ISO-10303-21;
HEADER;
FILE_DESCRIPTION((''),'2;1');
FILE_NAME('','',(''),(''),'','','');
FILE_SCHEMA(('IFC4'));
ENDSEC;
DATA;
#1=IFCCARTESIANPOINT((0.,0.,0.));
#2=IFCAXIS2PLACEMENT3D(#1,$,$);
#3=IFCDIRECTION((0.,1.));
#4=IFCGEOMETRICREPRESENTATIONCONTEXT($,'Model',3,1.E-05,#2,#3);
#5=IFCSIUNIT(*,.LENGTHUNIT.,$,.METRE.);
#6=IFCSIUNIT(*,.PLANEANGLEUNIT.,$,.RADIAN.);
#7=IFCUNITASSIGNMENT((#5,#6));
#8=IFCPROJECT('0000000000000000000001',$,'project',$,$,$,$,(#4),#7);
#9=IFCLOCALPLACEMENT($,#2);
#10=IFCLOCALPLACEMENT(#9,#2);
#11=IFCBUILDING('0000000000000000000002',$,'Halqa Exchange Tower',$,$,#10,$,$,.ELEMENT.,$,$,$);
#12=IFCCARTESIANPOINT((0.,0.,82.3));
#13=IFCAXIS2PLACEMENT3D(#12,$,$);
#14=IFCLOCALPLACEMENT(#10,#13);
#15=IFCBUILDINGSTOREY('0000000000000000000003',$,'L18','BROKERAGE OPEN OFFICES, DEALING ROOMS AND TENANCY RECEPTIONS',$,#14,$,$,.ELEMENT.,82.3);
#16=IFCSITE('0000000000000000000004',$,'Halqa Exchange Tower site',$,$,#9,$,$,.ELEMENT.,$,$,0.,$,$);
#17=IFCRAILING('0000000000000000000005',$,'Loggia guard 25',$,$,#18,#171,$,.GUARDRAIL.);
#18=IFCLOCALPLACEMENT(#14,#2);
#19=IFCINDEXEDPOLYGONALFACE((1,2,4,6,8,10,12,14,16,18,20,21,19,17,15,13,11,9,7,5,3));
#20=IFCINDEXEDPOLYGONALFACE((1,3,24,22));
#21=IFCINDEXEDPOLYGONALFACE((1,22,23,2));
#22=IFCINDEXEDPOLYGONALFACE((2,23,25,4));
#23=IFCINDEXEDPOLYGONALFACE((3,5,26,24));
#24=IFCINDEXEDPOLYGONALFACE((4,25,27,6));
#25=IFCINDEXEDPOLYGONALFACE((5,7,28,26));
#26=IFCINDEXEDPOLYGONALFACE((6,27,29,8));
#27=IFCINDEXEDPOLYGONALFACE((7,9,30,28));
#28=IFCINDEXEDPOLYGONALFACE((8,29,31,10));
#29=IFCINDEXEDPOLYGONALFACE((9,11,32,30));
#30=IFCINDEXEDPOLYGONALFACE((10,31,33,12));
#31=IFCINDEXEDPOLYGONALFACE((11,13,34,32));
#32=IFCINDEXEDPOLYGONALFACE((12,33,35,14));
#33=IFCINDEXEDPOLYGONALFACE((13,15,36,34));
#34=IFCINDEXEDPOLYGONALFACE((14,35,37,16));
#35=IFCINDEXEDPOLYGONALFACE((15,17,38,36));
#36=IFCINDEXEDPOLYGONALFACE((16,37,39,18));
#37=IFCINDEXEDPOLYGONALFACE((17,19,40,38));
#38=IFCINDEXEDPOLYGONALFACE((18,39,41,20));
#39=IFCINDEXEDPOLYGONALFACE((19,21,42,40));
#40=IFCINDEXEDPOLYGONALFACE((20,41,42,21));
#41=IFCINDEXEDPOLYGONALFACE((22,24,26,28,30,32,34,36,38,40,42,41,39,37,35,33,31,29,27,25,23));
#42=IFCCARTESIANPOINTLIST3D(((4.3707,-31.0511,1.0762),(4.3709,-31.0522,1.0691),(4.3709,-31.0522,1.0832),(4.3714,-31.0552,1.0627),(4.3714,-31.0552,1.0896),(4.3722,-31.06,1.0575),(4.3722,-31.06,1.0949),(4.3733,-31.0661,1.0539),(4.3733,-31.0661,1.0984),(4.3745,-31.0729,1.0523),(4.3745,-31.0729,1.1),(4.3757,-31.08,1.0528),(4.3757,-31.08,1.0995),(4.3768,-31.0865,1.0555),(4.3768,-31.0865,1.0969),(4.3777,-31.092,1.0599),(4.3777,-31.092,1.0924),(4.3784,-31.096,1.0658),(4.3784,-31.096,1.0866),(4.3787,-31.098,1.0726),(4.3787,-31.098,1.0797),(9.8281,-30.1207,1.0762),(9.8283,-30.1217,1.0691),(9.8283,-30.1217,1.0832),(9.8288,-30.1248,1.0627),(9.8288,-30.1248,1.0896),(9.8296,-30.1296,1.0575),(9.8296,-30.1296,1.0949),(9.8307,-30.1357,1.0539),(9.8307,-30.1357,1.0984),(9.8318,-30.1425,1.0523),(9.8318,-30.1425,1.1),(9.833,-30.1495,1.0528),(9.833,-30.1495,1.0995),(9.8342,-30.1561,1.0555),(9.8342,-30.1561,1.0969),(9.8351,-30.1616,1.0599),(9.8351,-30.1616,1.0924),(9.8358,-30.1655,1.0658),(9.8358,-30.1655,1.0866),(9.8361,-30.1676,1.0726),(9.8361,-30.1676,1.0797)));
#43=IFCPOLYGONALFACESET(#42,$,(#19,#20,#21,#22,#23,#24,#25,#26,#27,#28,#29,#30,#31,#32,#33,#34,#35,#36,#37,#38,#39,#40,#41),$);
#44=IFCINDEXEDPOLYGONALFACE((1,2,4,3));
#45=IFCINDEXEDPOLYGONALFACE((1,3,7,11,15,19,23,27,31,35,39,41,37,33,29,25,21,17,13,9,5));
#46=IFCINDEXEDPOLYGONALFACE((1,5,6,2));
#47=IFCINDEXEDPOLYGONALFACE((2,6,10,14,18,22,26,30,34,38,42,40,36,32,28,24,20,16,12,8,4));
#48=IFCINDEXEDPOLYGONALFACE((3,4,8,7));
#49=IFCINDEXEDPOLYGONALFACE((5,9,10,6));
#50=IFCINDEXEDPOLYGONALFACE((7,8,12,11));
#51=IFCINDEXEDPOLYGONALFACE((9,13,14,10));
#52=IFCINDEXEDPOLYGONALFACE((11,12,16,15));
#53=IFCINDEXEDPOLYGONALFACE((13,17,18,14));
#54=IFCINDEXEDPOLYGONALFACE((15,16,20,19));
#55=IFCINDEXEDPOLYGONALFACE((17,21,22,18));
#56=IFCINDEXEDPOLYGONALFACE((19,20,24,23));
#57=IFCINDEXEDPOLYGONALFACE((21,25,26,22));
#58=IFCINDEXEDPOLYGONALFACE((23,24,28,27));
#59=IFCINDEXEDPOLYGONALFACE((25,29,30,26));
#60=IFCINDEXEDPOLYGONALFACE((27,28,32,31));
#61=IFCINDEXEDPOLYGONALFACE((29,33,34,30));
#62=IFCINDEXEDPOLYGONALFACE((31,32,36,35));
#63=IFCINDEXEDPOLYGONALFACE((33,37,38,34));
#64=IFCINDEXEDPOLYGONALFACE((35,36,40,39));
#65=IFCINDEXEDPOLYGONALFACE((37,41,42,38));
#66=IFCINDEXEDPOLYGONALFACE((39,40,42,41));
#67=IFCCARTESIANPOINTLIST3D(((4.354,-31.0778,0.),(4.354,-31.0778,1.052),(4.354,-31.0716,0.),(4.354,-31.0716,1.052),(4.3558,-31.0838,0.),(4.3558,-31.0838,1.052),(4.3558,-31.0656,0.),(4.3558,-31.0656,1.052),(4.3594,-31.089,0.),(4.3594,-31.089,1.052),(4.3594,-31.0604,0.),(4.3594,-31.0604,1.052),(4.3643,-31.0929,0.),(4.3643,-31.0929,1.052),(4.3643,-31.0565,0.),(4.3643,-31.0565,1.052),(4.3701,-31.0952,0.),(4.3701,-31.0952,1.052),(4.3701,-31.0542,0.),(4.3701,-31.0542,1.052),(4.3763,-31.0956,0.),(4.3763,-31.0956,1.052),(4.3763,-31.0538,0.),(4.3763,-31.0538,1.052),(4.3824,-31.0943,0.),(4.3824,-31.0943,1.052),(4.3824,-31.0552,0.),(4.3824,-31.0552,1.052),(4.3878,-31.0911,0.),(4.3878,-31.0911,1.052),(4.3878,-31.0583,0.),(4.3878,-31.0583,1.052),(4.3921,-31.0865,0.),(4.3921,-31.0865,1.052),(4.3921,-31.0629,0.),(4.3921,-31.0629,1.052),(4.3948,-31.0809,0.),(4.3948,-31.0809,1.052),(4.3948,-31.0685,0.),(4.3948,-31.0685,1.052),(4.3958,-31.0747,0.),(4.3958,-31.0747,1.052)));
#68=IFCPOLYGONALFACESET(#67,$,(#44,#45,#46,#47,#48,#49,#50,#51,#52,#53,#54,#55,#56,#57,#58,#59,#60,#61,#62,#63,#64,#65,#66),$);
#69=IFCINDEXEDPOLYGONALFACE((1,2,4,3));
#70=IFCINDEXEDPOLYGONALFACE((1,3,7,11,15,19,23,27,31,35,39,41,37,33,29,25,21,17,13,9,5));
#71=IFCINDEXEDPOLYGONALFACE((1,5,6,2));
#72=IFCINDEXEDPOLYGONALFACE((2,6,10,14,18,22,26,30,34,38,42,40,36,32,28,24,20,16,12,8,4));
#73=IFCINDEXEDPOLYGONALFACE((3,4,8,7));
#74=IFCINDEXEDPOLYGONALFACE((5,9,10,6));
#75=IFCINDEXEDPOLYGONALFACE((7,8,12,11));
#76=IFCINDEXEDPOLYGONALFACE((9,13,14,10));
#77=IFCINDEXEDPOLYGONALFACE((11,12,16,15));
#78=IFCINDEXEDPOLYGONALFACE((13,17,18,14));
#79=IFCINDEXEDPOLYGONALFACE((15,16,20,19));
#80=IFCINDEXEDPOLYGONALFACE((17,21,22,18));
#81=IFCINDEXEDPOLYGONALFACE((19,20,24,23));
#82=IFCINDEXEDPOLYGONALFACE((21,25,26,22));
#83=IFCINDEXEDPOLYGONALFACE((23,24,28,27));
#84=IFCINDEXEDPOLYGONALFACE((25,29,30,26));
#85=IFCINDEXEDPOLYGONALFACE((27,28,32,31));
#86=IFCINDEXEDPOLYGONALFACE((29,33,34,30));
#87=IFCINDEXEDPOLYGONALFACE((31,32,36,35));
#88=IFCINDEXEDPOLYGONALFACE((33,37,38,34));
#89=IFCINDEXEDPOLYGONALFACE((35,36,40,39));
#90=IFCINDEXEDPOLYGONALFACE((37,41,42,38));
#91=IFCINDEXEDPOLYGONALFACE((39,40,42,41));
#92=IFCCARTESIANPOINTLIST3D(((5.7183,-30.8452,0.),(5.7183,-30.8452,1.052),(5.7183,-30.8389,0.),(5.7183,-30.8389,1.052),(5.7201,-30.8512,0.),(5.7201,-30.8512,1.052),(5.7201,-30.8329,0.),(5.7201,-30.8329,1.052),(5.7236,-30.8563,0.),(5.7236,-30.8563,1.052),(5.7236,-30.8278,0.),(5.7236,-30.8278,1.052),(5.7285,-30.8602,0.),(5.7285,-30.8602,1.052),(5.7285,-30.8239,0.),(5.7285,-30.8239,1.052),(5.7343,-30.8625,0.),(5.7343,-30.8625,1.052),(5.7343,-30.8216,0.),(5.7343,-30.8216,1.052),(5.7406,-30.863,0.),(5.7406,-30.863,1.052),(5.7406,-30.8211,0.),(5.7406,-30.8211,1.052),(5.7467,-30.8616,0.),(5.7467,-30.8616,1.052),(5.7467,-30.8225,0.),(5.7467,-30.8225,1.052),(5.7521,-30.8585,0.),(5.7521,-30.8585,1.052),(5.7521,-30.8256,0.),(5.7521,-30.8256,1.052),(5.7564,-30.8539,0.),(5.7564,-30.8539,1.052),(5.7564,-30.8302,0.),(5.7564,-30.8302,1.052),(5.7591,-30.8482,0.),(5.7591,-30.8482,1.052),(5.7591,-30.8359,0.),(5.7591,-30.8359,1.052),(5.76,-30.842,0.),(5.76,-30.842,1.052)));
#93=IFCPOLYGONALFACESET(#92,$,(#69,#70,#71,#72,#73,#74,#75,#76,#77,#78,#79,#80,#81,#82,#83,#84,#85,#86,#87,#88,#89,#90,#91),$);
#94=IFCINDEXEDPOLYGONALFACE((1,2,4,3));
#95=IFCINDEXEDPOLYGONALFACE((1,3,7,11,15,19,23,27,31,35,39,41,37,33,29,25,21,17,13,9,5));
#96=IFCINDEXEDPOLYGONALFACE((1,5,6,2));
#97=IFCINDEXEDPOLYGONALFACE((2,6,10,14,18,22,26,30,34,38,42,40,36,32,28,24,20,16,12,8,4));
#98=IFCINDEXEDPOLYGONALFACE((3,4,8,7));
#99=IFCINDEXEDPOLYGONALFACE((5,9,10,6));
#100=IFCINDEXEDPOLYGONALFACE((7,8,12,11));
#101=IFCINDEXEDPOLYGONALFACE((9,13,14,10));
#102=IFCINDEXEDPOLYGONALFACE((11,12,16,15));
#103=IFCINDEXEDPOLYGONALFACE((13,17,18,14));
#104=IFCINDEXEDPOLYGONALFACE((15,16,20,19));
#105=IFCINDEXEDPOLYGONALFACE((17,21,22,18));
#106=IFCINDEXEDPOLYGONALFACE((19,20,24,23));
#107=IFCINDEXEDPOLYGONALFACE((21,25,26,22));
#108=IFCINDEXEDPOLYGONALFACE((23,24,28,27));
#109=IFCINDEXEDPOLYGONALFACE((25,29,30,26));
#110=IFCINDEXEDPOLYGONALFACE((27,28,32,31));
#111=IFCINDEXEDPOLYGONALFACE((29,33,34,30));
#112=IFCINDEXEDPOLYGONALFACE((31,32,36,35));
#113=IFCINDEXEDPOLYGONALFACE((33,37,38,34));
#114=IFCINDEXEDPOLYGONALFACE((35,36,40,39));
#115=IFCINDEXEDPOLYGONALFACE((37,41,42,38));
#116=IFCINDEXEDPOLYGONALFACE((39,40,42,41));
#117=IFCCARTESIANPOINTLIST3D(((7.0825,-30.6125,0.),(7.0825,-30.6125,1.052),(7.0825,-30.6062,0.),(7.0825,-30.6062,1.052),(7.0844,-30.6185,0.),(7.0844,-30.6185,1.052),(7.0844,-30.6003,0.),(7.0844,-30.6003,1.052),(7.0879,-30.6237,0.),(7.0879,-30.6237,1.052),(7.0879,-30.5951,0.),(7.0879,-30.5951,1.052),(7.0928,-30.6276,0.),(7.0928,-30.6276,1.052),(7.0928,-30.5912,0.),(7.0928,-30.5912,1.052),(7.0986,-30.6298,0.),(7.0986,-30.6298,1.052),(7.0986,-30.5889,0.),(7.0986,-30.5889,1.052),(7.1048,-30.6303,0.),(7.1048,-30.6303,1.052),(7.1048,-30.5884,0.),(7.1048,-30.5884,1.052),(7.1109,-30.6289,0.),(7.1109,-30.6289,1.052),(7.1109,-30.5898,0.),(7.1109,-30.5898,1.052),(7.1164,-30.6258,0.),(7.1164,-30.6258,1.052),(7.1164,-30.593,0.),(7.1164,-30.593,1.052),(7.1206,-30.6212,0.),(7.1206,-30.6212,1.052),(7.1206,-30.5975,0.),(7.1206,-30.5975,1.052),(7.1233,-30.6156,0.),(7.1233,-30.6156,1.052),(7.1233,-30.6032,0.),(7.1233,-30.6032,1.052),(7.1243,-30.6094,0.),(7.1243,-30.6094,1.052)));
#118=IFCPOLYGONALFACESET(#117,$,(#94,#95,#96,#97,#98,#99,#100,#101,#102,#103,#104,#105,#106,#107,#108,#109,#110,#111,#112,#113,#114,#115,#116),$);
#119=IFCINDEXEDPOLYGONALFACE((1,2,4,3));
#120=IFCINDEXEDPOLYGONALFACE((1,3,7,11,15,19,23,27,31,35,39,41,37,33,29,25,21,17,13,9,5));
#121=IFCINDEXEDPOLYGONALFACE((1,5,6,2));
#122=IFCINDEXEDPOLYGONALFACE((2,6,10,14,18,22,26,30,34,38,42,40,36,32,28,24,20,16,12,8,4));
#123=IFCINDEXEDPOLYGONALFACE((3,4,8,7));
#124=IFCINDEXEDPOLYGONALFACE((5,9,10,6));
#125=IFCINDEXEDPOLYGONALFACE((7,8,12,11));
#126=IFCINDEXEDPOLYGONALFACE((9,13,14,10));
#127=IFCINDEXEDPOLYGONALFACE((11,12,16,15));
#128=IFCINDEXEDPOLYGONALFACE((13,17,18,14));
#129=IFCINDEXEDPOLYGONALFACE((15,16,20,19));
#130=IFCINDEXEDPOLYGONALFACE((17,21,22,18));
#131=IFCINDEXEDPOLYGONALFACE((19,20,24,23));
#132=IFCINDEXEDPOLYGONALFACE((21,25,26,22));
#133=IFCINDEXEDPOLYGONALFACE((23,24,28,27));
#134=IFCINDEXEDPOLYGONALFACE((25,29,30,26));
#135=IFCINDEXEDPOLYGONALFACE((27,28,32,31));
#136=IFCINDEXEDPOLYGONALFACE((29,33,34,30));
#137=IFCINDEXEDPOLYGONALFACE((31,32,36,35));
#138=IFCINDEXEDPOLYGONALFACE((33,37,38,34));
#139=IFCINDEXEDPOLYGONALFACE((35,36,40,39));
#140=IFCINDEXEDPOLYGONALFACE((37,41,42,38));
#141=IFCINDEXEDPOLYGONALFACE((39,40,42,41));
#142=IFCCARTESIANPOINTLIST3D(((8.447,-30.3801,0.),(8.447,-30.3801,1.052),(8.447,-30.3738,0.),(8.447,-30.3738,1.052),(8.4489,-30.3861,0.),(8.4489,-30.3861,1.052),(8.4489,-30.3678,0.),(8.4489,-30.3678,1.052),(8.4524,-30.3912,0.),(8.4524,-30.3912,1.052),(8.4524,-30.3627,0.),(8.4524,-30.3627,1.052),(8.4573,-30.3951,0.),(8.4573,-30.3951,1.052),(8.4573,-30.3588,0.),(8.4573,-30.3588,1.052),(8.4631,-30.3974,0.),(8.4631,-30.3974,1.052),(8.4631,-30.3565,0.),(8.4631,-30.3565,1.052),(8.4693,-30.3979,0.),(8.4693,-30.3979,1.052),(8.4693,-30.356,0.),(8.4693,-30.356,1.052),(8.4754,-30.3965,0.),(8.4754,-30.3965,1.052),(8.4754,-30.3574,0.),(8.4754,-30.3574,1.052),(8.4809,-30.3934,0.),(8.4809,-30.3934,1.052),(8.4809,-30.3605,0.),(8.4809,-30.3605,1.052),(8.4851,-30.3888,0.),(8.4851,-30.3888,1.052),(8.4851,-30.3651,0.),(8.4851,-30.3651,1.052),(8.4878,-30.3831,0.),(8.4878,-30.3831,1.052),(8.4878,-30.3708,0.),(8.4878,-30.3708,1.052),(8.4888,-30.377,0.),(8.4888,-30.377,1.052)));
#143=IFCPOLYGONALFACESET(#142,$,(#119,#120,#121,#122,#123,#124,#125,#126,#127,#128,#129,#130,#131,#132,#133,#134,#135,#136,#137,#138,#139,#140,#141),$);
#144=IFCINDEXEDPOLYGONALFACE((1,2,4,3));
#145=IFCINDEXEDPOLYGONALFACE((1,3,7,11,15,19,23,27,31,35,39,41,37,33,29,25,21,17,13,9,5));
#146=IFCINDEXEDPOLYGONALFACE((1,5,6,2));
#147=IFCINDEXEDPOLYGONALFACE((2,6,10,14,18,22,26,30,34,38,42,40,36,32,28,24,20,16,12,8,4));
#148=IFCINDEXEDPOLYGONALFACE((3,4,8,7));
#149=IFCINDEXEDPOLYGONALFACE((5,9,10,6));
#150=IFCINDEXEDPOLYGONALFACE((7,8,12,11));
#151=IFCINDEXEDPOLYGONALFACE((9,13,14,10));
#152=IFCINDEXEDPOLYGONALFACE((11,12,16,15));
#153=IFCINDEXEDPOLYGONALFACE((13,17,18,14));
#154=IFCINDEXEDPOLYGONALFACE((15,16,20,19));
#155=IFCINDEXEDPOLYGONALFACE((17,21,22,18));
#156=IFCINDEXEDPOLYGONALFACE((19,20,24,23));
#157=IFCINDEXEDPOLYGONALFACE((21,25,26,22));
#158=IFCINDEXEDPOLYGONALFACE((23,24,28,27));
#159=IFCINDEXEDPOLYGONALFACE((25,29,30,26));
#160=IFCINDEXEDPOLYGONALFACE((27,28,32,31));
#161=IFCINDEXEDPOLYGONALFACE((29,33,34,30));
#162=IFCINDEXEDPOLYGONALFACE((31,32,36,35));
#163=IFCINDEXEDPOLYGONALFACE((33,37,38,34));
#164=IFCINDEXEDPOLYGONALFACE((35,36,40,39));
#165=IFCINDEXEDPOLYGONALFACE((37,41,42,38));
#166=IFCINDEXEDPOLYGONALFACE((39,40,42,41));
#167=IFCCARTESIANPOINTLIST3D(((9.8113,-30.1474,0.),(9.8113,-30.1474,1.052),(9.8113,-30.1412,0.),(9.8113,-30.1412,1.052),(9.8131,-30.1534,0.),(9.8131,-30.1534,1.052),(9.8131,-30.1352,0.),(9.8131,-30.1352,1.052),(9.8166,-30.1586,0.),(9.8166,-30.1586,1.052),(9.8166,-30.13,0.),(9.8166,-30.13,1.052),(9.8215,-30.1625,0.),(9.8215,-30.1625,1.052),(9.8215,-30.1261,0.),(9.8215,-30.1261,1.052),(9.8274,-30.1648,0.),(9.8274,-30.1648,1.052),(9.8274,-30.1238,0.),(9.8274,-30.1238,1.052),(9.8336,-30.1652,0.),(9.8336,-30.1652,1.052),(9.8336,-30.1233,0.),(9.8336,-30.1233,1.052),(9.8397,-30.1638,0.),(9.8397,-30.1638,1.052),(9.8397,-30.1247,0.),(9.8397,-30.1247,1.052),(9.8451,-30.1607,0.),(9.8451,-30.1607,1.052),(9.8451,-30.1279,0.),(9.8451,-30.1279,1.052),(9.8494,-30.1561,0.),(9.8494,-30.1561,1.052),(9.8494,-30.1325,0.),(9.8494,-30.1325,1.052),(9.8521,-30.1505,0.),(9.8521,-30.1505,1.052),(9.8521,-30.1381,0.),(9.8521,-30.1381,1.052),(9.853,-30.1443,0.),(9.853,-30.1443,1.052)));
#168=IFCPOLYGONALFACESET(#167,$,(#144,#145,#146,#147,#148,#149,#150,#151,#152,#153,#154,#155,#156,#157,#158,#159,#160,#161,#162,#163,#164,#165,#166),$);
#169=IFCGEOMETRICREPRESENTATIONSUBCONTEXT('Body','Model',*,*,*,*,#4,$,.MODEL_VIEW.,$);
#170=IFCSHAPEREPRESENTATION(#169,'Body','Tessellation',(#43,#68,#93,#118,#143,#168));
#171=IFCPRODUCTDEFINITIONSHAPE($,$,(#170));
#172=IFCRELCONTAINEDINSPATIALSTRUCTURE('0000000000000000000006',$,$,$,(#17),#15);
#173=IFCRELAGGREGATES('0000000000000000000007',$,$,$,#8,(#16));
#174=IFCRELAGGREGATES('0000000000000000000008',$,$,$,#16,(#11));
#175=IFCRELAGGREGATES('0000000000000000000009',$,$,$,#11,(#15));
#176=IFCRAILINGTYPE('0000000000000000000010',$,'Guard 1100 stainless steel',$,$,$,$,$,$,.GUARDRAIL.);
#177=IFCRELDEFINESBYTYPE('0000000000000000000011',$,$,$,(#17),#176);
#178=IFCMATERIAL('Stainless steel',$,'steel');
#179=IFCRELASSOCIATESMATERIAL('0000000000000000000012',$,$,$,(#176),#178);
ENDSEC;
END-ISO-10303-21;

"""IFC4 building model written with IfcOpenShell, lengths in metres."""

from ifc_helpers import new_model, si_unit, direction, frame, origin, origin_2d, place, context, subcontext, project, spatial, circle, extrude, material, type_object, element, save


model = new_model("IFC4")

# Units and contexts
model_context = context("Model", 3, precision=1e-05, world=origin(), true_north=direction((0.0, 1.0)))
body_context = subcontext(model_context, "Body", "Model", "MODEL_VIEW")
ifc_project = project(units=[si_unit("LENGTHUNIT", "METRE"), si_unit("PLANEANGLEUNIT", "RADIAN")], contexts=[model_context])

# Site, building, storey
site_placement = place(None, origin())
site = spatial("IfcSite", under=ifc_project, at=site_placement, Name="Halqa Exchange Tower site", CompositionType="ELEMENT", RefElevation=0.0)
building_placement = place(site_placement, origin())
building = spatial("IfcBuilding", under=site, at=building_placement, Name="Halqa Exchange Tower", CompositionType="ELEMENT")
storey_placement = place(building_placement, frame((0.0, 0.0, 82.3)))
storey = spatial("IfcBuildingStorey", under=building, at=storey_placement, Name="L18", Description="BROKERAGE OPEN OFFICES, DEALING ROOMS AND TENANCY RECEPTIONS", CompositionType="ELEMENT", Elevation=82.3)

# Railing
ifc_material_1 = material(Name="Stainless steel", Category="steel")
railing_type = type_object("IfcRailingType", Name="Guard 1100 stainless steel", PredefinedType="GUARDRAIL", material=ifc_material_1)
railing_1_placement = place(storey_placement, frame((4.3748, -31.0747, 0.0)))
element("IfcRailing", 1, at=railing_1_placement, inside=storey, type_object=railing_type, Name="Loggia guard 25", PredefinedType="GUARDRAIL", context=body_context, shape_type="SweptSolid", body=[
    extrude(circle(Radius=0.0239, at=origin_2d()), frame((0.0, 0.0, 1.0762), z_axis=(0.985776, 0.168067, 0.0), x_axis=(-0.168067, 0.985776, 0.0)), (0.0, 0.0, 1.0), 5.5361),
    extrude(circle(Radius=0.021, at=origin_2d()), origin(), (0.0, 0.0, 1.0), 1.052),
    extrude(circle(Radius=0.021, at=origin_2d()), frame((1.3643, 0.2327, 0.0)), (0.0, 0.0, 1.0), 1.052),
    extrude(circle(Radius=0.021, at=origin_2d()), frame((2.7285, 0.4653, 0.0)), (0.0, 0.0, 1.0), 1.052),
    extrude(circle(Radius=0.021, at=origin_2d()), frame((4.093, 0.6978, 0.0)), (0.0, 0.0, 1.0), 1.052),
    extrude(circle(Radius=0.021, at=origin_2d()), frame((5.4573, 0.9304, 0.0)), (0.0, 0.0, 1.0), 1.052),
])

save(model, "model.ifc")
